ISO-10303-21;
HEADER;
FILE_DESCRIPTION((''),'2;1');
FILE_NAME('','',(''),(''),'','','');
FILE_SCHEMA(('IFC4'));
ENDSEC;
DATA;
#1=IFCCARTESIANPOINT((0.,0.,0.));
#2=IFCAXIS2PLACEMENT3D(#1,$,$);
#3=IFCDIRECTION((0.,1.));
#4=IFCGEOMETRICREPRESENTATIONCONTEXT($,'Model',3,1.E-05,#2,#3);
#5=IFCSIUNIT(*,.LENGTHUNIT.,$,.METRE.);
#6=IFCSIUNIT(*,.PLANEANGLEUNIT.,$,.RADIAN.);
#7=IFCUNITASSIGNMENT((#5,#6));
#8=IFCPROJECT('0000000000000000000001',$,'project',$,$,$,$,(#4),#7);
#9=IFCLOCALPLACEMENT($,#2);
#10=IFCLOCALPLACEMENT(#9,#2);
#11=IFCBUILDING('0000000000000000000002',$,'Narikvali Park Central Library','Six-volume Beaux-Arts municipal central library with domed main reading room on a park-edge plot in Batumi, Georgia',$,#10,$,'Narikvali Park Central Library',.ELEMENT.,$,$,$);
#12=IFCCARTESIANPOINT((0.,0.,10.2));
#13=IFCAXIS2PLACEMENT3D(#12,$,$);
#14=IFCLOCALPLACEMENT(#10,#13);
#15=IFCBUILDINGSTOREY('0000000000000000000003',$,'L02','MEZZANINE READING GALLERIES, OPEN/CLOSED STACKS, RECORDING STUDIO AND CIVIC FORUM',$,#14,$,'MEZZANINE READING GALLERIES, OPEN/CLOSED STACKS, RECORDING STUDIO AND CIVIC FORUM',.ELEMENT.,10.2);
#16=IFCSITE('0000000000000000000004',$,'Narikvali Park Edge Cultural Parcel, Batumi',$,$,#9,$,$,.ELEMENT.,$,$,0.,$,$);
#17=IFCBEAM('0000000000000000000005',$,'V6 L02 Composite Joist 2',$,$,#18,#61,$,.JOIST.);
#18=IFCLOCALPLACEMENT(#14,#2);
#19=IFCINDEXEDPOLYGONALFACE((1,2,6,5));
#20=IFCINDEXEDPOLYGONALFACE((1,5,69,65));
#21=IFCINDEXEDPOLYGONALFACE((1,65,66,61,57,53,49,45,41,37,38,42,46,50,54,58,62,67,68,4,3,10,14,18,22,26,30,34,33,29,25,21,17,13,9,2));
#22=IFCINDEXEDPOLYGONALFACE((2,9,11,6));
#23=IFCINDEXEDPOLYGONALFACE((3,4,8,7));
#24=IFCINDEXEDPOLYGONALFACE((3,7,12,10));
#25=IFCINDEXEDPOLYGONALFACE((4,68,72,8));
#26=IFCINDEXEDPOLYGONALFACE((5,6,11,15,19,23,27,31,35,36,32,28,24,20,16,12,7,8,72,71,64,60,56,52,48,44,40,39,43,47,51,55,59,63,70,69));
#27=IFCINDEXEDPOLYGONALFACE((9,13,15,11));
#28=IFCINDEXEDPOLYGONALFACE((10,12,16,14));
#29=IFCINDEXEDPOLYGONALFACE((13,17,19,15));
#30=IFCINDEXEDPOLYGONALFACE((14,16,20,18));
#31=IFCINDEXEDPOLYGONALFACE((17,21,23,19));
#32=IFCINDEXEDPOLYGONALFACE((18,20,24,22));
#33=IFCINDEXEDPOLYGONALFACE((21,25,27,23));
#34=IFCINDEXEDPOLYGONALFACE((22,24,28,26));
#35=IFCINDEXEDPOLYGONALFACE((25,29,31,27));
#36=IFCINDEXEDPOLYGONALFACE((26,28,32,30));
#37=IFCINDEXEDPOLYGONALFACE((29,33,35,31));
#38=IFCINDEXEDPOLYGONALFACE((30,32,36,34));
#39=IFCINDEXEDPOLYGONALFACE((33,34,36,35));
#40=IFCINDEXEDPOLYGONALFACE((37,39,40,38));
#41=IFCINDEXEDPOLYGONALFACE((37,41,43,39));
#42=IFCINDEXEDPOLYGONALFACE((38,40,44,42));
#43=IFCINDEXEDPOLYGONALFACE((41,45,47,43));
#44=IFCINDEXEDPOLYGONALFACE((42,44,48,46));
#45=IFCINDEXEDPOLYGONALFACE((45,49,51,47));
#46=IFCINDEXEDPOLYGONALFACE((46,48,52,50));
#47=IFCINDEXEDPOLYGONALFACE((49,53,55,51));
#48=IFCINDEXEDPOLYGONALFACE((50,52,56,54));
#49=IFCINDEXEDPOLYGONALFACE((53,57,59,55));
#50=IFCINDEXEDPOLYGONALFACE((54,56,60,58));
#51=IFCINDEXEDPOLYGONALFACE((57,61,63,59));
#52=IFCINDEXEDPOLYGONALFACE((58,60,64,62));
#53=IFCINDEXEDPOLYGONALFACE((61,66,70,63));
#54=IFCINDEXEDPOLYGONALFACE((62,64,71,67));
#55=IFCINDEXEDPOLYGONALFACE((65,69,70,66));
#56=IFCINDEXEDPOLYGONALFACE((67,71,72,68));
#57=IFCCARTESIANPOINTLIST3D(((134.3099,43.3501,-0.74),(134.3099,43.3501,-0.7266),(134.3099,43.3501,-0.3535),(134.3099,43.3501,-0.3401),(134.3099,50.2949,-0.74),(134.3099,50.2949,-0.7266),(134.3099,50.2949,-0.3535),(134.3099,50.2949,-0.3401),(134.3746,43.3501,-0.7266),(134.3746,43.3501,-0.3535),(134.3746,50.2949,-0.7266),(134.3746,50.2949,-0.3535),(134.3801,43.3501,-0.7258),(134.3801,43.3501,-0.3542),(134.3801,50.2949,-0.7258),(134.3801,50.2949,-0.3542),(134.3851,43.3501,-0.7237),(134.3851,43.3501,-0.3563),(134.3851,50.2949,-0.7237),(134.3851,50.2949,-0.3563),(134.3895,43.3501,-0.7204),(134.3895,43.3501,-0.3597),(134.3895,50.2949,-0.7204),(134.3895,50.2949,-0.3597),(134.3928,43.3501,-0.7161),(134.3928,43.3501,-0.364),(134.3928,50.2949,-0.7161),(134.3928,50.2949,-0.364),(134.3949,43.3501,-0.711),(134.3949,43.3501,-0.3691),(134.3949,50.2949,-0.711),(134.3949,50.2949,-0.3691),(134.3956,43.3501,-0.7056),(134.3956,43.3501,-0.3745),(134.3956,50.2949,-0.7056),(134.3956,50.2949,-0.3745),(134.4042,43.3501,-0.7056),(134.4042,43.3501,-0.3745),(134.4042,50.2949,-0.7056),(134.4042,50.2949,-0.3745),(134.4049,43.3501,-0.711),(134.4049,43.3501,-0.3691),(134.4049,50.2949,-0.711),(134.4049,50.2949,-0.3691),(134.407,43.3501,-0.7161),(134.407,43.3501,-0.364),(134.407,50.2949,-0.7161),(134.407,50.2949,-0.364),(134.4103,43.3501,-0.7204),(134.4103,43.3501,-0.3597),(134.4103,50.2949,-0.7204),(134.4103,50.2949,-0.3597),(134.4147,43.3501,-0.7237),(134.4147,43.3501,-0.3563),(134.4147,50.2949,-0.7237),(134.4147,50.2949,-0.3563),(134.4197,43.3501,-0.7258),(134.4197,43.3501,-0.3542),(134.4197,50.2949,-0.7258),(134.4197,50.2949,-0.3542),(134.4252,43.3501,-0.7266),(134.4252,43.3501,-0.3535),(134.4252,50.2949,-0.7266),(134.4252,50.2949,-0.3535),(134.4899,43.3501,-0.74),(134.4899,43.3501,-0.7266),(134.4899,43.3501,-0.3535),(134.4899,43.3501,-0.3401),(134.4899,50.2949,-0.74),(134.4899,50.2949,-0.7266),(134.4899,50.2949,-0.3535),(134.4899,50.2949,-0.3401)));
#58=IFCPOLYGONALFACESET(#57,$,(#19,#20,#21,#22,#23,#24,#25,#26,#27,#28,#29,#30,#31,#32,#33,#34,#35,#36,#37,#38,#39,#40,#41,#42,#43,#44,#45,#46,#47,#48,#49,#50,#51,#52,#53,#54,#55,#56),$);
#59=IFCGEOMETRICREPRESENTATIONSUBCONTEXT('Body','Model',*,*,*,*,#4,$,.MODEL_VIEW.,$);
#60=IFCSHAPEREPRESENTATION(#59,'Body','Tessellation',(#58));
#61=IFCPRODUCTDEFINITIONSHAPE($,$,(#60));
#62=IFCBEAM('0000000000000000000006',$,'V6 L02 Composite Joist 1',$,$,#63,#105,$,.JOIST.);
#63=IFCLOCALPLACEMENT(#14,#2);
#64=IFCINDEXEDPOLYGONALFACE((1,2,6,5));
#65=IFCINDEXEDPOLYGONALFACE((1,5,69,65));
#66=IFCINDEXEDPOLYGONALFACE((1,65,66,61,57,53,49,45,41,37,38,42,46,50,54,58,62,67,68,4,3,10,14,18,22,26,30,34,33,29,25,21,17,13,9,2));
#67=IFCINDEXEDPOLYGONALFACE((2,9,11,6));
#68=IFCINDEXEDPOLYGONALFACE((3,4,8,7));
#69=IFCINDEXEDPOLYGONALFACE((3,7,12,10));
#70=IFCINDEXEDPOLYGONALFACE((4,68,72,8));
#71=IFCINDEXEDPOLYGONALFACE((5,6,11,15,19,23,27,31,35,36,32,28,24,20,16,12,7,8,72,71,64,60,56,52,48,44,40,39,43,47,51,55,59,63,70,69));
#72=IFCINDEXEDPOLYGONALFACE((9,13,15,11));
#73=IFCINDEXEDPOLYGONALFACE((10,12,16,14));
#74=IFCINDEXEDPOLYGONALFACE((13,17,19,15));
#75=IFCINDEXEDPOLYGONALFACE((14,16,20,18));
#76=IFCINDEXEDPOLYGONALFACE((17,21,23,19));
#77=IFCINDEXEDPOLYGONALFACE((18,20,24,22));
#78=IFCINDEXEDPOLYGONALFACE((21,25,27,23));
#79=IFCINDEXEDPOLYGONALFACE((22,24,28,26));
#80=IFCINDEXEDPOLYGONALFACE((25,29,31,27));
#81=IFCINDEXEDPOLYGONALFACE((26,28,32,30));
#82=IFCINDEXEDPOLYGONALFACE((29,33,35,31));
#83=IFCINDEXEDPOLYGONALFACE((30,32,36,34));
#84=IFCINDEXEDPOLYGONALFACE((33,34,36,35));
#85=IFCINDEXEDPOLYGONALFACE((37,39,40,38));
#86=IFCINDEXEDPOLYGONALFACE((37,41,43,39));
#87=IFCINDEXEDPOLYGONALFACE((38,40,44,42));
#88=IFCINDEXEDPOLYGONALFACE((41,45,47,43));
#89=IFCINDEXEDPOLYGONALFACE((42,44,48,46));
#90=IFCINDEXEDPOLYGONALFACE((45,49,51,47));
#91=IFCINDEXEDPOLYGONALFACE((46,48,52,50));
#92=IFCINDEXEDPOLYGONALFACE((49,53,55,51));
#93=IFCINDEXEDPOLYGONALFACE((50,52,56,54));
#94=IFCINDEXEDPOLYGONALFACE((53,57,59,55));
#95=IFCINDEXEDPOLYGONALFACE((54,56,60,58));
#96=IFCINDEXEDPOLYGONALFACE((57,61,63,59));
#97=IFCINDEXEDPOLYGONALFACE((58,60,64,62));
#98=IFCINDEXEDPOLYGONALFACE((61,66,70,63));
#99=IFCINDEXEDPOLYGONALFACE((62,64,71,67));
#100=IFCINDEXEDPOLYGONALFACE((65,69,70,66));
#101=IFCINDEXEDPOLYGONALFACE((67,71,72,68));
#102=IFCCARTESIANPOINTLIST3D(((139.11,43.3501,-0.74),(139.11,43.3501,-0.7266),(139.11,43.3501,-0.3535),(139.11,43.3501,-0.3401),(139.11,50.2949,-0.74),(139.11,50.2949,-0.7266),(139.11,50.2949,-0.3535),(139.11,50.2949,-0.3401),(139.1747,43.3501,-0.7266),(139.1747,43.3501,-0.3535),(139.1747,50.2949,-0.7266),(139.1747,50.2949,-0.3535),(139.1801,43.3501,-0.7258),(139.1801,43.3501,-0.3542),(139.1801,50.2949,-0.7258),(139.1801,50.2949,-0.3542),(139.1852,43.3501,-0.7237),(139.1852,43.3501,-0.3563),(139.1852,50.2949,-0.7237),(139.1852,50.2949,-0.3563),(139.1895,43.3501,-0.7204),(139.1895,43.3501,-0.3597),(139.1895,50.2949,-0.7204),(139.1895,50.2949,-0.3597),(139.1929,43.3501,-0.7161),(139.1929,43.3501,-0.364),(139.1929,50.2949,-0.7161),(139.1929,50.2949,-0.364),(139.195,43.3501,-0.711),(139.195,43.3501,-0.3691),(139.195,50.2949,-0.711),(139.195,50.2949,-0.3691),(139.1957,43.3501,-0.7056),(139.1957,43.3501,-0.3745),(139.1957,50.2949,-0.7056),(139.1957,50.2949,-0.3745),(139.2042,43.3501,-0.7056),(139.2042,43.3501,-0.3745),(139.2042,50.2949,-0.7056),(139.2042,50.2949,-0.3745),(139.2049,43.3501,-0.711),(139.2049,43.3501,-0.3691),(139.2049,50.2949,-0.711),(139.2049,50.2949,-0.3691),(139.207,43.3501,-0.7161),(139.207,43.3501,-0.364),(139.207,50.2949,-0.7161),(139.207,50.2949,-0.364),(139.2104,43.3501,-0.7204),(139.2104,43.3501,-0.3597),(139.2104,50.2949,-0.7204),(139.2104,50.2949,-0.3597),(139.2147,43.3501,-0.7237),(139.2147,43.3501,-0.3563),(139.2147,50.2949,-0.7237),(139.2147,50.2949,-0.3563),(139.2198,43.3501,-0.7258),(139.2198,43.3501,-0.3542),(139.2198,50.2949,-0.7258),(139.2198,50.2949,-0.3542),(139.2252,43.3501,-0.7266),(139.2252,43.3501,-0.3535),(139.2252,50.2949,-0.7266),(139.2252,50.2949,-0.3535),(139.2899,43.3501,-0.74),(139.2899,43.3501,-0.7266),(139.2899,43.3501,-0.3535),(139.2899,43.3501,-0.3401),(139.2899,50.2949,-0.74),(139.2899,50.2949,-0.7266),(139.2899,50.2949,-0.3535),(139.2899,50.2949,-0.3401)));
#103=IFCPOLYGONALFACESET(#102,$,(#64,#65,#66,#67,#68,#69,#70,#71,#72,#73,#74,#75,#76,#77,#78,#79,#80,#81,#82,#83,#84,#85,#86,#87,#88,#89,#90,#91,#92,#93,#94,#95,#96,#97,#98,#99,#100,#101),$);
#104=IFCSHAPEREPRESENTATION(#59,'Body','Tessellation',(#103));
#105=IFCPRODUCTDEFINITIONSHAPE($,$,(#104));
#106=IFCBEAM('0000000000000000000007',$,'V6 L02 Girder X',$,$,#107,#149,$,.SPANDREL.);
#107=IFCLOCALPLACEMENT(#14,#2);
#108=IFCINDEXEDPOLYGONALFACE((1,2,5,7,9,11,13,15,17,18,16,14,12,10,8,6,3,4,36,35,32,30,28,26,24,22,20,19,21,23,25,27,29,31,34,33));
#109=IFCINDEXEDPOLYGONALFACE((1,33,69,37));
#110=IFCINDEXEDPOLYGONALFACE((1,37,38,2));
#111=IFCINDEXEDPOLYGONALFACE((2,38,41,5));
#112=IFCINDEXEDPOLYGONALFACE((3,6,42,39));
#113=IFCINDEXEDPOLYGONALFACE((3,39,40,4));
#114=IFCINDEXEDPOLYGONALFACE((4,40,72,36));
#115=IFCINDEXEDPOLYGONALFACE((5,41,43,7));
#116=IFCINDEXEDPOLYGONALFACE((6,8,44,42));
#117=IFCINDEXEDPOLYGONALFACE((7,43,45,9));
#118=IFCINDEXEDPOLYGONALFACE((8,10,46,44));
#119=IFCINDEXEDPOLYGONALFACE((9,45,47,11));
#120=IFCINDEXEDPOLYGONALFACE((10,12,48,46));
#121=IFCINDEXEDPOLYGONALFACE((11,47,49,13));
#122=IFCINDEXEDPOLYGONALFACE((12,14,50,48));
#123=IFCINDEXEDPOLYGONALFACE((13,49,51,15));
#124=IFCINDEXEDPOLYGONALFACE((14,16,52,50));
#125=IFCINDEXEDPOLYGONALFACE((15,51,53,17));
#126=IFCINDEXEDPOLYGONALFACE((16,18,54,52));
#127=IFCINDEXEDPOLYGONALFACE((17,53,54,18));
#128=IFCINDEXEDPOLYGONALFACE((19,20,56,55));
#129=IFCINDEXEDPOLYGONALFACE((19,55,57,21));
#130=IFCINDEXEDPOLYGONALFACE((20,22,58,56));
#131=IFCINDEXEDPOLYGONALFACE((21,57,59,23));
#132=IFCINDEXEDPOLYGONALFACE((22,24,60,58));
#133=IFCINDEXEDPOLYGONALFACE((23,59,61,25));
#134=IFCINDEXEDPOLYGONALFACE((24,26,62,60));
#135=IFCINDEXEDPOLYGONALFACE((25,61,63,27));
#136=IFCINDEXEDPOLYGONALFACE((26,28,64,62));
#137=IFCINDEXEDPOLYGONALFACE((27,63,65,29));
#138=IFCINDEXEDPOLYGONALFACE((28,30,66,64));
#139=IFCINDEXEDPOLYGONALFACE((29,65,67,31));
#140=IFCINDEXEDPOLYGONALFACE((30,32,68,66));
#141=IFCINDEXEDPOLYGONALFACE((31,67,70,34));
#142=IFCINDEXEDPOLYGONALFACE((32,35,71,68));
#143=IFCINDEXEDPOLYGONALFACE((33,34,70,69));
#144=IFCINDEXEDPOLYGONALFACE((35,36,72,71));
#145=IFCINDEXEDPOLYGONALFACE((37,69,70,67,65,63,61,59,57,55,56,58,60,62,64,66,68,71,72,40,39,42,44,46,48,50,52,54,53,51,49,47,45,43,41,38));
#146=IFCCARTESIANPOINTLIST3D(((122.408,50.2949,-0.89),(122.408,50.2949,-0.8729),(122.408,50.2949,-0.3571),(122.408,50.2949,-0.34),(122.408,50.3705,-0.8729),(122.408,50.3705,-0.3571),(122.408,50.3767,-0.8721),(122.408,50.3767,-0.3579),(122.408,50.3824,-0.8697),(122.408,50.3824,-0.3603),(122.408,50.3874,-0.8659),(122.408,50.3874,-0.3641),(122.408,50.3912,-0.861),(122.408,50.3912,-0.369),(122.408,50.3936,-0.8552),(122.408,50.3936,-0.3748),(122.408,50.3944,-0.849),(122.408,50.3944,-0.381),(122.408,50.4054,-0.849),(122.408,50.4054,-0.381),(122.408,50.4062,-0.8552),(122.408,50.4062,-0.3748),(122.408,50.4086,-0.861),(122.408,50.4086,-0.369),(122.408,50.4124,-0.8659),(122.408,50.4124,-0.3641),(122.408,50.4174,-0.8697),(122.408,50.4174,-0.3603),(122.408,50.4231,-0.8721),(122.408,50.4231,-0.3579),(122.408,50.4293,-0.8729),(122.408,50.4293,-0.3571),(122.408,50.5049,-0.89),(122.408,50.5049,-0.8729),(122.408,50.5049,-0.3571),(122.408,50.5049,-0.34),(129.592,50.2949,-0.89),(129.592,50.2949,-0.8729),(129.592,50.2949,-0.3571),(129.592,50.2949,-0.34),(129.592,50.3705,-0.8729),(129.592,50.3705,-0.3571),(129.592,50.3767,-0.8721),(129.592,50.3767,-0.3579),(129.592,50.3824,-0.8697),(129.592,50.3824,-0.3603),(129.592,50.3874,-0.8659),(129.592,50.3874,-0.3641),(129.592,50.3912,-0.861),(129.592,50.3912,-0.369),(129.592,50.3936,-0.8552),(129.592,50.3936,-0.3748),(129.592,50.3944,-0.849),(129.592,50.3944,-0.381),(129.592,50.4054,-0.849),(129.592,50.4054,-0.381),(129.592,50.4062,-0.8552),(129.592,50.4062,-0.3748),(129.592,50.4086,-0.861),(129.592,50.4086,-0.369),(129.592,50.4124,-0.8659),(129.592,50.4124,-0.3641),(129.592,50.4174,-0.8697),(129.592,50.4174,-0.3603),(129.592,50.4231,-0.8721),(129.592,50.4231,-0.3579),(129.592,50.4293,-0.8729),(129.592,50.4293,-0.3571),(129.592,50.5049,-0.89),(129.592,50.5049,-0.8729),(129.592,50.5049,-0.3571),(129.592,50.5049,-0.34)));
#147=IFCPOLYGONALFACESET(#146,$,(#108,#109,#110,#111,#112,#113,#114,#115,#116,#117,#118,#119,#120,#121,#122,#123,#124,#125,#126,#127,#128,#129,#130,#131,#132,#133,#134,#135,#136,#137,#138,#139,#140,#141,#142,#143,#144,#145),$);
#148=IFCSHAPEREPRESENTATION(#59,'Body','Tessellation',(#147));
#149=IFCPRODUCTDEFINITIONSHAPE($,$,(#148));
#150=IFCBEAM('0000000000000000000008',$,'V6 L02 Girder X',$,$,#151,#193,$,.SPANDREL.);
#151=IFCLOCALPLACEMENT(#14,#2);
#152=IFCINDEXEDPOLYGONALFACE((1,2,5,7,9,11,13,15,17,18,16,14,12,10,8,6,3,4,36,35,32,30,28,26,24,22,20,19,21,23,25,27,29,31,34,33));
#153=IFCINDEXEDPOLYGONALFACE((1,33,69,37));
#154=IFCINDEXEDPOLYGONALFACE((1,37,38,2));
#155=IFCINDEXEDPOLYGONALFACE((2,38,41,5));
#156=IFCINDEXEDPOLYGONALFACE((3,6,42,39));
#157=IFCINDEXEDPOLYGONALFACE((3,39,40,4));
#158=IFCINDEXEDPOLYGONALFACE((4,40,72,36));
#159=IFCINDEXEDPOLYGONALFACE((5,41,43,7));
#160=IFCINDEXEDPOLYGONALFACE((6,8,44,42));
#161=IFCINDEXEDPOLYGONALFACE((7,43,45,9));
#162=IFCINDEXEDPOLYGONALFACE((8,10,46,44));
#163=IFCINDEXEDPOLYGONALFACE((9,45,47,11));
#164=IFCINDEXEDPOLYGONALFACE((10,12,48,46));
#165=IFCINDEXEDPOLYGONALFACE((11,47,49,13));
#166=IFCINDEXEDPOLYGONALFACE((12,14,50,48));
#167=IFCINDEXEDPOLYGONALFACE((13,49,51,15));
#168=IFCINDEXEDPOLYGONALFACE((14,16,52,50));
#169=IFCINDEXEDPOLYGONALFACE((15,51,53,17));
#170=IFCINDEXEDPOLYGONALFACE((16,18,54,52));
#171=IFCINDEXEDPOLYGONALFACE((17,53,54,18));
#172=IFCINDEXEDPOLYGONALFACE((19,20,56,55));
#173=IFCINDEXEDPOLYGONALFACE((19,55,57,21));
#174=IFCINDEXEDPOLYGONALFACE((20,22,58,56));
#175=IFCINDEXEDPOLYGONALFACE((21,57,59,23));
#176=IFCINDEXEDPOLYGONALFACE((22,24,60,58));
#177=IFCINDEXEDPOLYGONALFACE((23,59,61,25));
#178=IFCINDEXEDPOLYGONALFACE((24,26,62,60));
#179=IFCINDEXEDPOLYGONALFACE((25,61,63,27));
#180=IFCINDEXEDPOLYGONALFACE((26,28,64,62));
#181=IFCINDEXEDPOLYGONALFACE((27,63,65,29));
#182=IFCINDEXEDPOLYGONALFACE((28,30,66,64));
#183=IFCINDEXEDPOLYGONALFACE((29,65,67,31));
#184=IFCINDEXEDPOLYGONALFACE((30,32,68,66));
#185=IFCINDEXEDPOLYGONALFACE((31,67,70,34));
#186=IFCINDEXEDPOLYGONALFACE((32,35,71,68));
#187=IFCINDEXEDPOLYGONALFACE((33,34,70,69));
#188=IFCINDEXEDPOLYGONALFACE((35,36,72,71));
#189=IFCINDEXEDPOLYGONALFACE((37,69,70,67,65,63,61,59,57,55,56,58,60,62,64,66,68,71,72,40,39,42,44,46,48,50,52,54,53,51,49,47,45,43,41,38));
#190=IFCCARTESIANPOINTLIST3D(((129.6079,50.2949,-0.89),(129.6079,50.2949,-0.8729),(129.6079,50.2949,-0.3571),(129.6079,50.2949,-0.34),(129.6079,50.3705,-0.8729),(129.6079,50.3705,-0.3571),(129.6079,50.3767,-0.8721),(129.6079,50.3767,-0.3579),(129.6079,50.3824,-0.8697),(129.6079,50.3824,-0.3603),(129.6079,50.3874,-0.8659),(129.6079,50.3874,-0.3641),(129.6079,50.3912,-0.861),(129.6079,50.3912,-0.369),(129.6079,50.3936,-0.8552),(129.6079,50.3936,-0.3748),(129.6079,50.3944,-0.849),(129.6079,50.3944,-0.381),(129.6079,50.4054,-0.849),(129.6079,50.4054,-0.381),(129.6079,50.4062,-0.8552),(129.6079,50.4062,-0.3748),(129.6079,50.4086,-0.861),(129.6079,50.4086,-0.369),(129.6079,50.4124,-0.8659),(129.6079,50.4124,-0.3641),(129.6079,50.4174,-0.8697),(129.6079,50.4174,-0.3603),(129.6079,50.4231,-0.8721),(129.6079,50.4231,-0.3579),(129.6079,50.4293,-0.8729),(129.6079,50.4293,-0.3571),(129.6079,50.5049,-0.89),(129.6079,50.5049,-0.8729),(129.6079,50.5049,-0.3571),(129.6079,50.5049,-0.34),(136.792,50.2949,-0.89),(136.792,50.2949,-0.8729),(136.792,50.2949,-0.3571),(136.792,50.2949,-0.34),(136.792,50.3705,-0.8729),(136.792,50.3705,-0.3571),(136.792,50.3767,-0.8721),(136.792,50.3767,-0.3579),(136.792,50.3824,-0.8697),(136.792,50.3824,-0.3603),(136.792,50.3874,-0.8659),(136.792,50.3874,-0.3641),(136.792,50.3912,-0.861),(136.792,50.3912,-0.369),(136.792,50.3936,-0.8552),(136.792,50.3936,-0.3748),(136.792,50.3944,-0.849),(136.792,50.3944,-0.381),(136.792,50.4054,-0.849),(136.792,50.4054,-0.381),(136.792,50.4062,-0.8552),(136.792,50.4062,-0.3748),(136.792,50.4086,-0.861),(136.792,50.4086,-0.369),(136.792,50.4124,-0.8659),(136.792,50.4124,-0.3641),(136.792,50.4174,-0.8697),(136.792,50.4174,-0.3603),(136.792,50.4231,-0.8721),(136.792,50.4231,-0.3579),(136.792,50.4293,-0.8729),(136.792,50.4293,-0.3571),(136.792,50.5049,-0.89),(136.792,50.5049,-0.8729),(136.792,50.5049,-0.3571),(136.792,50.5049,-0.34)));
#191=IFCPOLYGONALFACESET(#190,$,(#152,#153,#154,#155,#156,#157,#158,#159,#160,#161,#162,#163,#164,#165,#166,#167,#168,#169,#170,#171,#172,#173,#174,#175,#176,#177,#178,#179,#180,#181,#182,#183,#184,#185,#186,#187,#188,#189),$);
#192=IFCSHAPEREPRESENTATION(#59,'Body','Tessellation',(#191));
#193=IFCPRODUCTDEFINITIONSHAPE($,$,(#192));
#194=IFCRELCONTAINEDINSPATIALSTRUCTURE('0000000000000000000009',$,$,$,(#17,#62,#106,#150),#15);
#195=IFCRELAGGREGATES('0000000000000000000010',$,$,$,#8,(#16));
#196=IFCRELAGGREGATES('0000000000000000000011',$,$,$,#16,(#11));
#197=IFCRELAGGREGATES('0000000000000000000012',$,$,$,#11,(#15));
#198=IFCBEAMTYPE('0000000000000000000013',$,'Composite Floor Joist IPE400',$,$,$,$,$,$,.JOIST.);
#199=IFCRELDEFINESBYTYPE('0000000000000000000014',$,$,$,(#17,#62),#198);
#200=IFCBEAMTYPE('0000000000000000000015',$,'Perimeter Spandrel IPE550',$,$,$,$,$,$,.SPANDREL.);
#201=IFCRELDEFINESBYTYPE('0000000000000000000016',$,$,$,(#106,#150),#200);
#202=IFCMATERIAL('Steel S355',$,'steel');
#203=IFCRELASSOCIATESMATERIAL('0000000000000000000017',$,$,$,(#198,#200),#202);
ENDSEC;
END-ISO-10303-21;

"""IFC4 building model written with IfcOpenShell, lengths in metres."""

from ifc_helpers import new_model, si_unit, direction, frame, origin, origin_2d, place, context, subcontext, project, spatial, i_section, extrude, material, material_profile, profile_set, type_object, element, save


model = new_model("IFC4")

# Units and contexts
model_context = context("Model", 3, precision=1e-05, world=origin(), true_north=direction((0.0, 1.0)))
body_context = subcontext(model_context, "Body", "Model", "MODEL_VIEW")
ifc_project = project(units=[si_unit("LENGTHUNIT", "METRE"), si_unit("PLANEANGLEUNIT", "RADIAN")], contexts=[model_context])

# Site, building, storey
site_placement = place(None, origin())
site = spatial("IfcSite", under=ifc_project, at=site_placement, Name="Narikvali Park Edge Cultural Parcel, Batumi", CompositionType="ELEMENT", RefElevation=0.0)
building_placement = place(site_placement, origin())
building = spatial("IfcBuilding", under=site, at=building_placement, Name="Narikvali Park Central Library", Description="Six-volume Beaux-Arts municipal central library with domed main reading room on a park-edge plot in Batumi, Georgia", LongName="Narikvali Park Central Library", CompositionType="ELEMENT")
storey_placement = place(building_placement, frame((0.0, 0.0, 10.2)))
storey = spatial("IfcBuildingStorey", under=building, at=storey_placement, Name="L02", Description="MEZZANINE READING GALLERIES, OPEN/CLOSED STACKS, RECORDING STUDIO AND CIVIC FORUM", LongName="MEZZANINE READING GALLERIES, OPEN/CLOSED STACKS, RECORDING STUDIO AND CIVIC FORUM", CompositionType="ELEMENT", Elevation=10.2)

# Beams
ifc_material_1 = material(Name="Steel S355", Category="steel")
ifc_material_profile_1 = material_profile(ifc_material_1, i_section(OverallWidth=0.1799, OverallDepth=0.3999, WebThickness=0.0085, FlangeThickness=0.0134, FilletRadius=0.021, at=origin_2d()), Name="IPE 400")
ifc_profile_set_1 = profile_set([ifc_material_profile_1], Name="Steel S355")
beam_type_1 = type_object("IfcBeamType", Name="Composite Floor Joist IPE400", PredefinedType="JOIST", material=ifc_profile_set_1)
for number, where, z_axis, x_axis, name in (
    (1, (134.3999, 43.3501, -0.54), (0.0, 1.0, 0.0), (-1.0, 0.0, 0.0), "V6 L02 Composite Joist 2"),
    (2, (139.2, 43.3501, -0.54), (0.0, 1.0, 0.0), (-1.0, 0.0, 0.0), "V6 L02 Composite Joist 1"),
):
    element("IfcBeam", number, at=place(storey_placement, frame(where, z_axis=z_axis, x_axis=x_axis)), inside=storey, type_object=beam_type_1, Name=name, PredefinedType="JOIST", context=body_context, shape_type="SweptSolid", body=[
        extrude(i_section(OverallWidth=0.1799, OverallDepth=0.3999, WebThickness=0.0085, FlangeThickness=0.0134, FilletRadius=0.021, at=origin_2d()), origin(), (0.0, 0.0, 1.0), 6.9448),
    ])
ifc_material_profile_2 = material_profile(ifc_material_1, i_section(OverallWidth=0.21, OverallDepth=0.55, WebThickness=0.011, FlangeThickness=0.0171, FilletRadius=0.0239, at=origin_2d()), Name="IPE 550")
ifc_profile_set_2 = profile_set([ifc_material_profile_2], Name="Steel S355")
beam_type_2 = type_object("IfcBeamType", Name="Perimeter Spandrel IPE550", PredefinedType="SPANDREL", material=ifc_profile_set_2)
for number, where, z_axis, x_axis, name in (
    (3, (122.408, 50.3999, -0.615), (1.0, 0.0, 0.0), (0.0, 1.0, 0.0), "V6 L02 Girder X"),
    (4, (129.6079, 50.3999, -0.615), (1.0, 0.0, 0.0), (0.0, 1.0, 0.0), "V6 L02 Girder X"),
):
    element("IfcBeam", number, at=place(storey_placement, frame(where, z_axis=z_axis, x_axis=x_axis)), inside=storey, type_object=beam_type_2, Name=name, PredefinedType="SPANDREL", context=body_context, shape_type="SweptSolid", body=[
        extrude(i_section(OverallWidth=0.21, OverallDepth=0.55, WebThickness=0.011, FlangeThickness=0.0171, FilletRadius=0.0239, at=origin_2d()), origin(), (0.0, 0.0, 1.0), 7.1841),
    ])

save(model, "model.ifc")
